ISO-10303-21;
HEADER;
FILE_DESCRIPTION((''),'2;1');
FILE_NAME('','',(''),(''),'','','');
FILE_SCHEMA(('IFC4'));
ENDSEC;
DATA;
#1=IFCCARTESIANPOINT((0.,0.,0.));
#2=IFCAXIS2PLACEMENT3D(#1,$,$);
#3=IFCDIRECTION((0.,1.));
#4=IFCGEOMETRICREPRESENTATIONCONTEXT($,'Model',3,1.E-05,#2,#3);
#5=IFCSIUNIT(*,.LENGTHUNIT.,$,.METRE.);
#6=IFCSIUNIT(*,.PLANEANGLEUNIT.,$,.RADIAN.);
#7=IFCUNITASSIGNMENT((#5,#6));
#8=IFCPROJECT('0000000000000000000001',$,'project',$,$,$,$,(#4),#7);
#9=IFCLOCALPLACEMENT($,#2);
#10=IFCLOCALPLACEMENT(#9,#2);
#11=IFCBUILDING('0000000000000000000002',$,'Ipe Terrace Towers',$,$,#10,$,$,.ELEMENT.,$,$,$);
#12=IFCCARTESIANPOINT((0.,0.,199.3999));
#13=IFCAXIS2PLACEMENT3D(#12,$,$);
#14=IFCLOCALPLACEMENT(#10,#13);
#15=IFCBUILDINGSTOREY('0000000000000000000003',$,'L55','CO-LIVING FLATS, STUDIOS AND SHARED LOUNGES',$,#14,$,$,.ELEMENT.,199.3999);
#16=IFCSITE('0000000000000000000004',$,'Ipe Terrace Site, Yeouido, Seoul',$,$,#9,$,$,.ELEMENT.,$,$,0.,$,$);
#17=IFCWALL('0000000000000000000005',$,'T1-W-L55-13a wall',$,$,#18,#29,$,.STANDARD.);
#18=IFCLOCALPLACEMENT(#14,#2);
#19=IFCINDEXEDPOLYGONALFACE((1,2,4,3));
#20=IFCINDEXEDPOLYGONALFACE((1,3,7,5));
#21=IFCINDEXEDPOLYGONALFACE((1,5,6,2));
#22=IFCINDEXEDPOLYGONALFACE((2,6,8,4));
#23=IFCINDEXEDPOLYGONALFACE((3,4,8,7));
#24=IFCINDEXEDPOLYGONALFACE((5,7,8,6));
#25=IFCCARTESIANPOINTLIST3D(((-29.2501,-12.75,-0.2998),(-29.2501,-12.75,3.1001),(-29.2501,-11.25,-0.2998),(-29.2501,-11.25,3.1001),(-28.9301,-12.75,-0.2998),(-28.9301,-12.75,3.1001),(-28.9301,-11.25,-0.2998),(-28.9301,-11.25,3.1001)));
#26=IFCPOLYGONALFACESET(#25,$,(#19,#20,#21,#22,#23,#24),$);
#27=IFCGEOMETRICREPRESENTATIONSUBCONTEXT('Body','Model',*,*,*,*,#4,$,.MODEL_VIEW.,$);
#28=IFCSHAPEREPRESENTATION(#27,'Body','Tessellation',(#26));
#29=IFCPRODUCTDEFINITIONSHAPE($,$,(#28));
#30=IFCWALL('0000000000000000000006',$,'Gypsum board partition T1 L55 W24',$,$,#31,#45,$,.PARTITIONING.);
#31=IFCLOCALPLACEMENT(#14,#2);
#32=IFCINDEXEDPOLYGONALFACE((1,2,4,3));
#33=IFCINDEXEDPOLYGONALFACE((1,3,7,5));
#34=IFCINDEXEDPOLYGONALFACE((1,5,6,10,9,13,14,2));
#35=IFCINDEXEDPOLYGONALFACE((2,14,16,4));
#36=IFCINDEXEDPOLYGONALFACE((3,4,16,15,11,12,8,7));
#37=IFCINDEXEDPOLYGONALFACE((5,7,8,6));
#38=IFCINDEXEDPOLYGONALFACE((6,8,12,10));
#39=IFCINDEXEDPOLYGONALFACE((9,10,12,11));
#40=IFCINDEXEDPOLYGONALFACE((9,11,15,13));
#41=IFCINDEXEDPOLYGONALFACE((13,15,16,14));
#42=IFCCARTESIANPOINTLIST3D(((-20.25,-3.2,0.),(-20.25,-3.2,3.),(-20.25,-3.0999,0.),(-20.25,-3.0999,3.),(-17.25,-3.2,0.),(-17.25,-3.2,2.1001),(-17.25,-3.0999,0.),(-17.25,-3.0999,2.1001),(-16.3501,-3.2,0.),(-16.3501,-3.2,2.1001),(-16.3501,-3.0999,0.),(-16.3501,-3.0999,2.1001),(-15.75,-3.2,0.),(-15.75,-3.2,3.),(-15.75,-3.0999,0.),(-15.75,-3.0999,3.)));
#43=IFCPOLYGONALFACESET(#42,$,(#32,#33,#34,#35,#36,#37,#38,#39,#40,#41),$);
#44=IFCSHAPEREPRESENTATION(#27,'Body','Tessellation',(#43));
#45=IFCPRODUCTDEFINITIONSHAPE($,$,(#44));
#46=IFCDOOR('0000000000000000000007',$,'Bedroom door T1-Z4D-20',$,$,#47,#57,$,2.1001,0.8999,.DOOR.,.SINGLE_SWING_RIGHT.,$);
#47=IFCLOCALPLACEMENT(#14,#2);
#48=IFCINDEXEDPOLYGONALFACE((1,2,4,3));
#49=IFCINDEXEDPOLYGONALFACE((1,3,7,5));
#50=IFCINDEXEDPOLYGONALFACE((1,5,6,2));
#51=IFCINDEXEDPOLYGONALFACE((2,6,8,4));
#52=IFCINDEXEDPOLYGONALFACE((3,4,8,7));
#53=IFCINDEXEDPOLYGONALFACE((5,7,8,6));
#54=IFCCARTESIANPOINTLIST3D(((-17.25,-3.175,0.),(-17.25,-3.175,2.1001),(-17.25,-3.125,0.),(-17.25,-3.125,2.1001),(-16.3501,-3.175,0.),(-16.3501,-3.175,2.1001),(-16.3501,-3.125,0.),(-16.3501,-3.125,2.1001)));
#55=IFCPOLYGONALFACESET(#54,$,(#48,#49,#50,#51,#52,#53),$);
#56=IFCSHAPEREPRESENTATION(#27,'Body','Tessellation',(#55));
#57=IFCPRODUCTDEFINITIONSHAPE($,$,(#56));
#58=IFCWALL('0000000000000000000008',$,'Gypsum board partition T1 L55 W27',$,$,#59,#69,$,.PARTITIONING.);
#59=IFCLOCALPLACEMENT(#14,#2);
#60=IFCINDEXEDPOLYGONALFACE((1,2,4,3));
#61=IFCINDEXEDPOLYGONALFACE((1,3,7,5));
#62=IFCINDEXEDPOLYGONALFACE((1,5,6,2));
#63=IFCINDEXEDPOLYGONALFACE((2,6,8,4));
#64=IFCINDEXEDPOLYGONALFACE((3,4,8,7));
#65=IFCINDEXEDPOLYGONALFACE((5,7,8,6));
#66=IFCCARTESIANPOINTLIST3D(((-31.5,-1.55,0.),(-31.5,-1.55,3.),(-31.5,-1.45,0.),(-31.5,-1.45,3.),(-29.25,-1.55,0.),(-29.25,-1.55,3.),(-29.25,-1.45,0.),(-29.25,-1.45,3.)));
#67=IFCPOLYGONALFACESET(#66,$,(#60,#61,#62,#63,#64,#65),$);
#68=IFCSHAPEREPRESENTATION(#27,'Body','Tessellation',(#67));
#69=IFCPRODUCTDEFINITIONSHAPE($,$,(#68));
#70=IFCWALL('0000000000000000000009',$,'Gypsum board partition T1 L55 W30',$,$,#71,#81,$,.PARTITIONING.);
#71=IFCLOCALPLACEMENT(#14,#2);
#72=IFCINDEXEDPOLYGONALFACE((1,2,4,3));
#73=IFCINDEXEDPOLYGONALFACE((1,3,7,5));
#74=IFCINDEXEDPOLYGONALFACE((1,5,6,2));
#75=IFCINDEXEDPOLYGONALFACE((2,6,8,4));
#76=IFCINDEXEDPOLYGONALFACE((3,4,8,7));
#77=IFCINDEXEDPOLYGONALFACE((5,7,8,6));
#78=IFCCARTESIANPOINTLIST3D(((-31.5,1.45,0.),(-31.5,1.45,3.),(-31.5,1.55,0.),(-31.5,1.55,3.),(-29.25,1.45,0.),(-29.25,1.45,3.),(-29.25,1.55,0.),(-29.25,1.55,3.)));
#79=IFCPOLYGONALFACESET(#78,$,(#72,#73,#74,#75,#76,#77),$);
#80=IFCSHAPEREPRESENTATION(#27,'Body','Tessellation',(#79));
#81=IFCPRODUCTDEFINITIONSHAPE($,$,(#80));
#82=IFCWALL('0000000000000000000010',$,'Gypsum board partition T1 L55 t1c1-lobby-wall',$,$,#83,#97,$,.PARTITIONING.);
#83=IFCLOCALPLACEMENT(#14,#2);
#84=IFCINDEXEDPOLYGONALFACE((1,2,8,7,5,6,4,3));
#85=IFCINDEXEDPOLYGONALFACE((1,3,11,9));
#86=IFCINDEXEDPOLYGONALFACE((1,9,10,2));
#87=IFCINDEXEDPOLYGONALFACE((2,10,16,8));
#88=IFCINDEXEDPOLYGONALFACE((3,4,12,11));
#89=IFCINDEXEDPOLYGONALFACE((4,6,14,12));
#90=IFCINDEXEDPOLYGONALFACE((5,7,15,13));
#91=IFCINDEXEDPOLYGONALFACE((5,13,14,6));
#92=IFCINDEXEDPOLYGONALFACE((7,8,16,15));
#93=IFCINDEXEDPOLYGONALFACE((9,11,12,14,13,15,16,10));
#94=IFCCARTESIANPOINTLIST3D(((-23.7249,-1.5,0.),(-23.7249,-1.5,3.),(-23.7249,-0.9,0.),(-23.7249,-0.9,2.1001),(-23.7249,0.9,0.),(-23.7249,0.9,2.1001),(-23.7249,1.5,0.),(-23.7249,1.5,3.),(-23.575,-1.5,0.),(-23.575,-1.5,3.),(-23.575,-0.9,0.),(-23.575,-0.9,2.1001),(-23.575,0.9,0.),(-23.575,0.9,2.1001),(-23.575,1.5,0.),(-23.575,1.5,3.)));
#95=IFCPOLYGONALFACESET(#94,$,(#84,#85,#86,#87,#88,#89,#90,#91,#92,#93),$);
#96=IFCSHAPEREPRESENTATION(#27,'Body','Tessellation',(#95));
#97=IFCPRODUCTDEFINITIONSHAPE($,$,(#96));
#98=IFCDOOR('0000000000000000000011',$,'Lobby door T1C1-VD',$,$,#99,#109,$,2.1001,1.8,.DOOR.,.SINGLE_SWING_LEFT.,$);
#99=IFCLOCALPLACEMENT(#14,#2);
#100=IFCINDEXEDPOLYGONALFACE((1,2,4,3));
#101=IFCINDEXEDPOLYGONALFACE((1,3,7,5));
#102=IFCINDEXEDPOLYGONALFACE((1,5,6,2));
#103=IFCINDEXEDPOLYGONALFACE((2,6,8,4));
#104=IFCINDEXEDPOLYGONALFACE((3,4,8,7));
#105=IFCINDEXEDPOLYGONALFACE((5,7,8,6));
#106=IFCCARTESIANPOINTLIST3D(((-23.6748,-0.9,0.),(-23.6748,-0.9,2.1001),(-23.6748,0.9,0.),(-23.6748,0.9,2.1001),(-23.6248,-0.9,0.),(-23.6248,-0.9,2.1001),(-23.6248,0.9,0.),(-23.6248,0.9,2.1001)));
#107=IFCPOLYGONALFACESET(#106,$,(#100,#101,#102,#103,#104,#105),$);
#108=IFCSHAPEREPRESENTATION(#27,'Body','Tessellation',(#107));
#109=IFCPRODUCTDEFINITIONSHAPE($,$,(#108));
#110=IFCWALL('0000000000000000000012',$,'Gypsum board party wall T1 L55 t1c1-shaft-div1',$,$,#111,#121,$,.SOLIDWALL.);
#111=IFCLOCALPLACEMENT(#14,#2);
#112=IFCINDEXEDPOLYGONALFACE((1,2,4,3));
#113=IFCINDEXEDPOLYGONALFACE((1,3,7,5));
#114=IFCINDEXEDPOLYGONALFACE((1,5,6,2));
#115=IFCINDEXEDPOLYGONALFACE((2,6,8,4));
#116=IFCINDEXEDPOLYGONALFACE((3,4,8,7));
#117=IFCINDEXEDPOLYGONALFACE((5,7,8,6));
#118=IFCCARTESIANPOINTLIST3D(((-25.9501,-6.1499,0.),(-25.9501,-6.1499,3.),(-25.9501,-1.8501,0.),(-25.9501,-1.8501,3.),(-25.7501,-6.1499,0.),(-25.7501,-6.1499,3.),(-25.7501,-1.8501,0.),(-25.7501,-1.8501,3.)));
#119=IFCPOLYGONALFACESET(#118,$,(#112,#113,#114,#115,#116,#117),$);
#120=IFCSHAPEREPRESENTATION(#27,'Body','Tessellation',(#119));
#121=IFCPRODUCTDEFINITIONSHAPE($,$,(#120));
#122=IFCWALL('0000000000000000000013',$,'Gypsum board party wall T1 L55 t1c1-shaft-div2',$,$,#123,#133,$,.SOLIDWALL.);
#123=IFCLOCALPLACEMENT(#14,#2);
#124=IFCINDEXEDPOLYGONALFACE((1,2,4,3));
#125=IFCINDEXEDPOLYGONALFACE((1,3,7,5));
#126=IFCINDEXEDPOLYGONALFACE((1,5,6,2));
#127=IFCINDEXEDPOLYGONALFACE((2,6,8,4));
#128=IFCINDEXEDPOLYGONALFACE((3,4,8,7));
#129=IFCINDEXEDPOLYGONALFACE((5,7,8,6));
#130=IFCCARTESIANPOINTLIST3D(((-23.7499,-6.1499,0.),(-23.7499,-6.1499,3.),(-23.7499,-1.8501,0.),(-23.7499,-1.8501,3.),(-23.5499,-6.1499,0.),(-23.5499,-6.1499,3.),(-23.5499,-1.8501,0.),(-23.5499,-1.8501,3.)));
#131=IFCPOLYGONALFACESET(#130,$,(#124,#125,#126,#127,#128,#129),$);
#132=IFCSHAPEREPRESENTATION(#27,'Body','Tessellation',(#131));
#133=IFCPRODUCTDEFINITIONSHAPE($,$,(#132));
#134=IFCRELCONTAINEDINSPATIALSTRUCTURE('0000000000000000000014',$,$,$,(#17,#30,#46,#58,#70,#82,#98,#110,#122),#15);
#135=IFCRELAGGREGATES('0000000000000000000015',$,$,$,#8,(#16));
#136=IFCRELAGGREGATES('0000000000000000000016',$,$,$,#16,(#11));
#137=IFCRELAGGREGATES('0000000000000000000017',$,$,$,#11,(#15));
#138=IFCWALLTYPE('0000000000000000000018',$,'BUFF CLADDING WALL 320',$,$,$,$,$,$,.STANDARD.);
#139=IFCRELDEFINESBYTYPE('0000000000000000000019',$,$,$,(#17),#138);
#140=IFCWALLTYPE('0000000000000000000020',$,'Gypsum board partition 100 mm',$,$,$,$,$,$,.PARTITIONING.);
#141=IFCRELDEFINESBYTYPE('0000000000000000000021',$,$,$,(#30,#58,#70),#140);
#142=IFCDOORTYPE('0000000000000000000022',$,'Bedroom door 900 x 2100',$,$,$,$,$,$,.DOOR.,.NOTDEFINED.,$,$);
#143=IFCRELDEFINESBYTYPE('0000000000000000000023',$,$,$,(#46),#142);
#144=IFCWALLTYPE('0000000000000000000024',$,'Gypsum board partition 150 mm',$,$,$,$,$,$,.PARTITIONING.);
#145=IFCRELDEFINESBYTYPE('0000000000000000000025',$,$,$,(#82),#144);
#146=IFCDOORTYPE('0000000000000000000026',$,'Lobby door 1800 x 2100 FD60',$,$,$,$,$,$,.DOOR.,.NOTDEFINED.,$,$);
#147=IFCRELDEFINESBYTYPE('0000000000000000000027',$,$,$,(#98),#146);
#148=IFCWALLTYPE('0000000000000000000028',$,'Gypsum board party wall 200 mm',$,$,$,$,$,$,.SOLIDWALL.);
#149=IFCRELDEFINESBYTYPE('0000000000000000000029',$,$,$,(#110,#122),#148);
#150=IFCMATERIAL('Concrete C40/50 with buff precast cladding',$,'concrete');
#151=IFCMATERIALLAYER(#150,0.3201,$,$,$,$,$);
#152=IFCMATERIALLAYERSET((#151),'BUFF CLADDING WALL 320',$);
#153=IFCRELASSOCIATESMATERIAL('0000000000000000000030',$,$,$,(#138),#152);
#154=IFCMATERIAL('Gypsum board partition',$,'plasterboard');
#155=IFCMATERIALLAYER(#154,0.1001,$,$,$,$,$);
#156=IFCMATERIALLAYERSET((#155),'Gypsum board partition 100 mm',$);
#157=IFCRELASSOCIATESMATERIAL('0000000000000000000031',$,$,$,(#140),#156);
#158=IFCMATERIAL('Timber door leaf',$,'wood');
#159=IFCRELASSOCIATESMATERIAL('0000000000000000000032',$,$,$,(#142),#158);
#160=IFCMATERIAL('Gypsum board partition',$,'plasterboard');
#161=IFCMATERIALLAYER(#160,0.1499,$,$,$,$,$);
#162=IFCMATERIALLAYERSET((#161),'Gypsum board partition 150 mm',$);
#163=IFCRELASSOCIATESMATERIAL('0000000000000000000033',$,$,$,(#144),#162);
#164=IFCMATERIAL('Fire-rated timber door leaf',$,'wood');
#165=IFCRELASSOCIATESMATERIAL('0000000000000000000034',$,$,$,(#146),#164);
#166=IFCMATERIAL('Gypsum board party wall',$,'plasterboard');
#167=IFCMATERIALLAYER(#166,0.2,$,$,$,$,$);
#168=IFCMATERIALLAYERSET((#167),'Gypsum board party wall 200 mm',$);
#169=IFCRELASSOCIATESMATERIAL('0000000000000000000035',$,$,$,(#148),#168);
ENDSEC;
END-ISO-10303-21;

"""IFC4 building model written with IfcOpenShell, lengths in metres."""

from ifc_helpers import new_model, si_unit, direction, frame, frame_2d, origin, place, context, subcontext, project, spatial, rectangle, extrude, material, layer, layer_set, type_object, element, fill, save


model = new_model("IFC4")

# Units and contexts
model_context = context("Model", 3, precision=1e-05, world=origin(), true_north=direction((0.0, 1.0)))
body_context = subcontext(model_context, "Body", "Model", "MODEL_VIEW")
ifc_project = project(units=[si_unit("LENGTHUNIT", "METRE"), si_unit("PLANEANGLEUNIT", "RADIAN")], contexts=[model_context])

# Site, building, storey
site_placement = place(None, origin())
site = spatial("IfcSite", under=ifc_project, at=site_placement, Name="Ipe Terrace Site, Yeouido, Seoul", CompositionType="ELEMENT", RefElevation=0.0)
building_placement = place(site_placement, origin())
building = spatial("IfcBuilding", under=site, at=building_placement, Name="Ipe Terrace Towers", CompositionType="ELEMENT")
storey_placement = place(building_placement, frame((0.0, 0.0, 199.3999)))
storey = spatial("IfcBuildingStorey", under=building, at=storey_placement, Name="L55", Description="CO-LIVING FLATS, STUDIOS AND SHARED LOUNGES", CompositionType="ELEMENT", Elevation=199.3999)

# Wall
ifc_material_1 = material(Name="Concrete C40/50 with buff precast cladding", Category="concrete")
ifc_layer_1 = layer(ifc_material_1, 0.3201)
ifc_layer_set_1 = layer_set([ifc_layer_1], Name="BUFF CLADDING WALL 320")
wall_type_1 = type_object("IfcWallType", Name="BUFF CLADDING WALL 320", PredefinedType="STANDARD", material=ifc_layer_set_1)
wall_1_placement = place(storey_placement, frame((-29.0901, -12.75, -0.2998), z_axis=(0.0, 0.0, 1.0), x_axis=(0.0, 1.0, 0.0)))
element("IfcWall", 1, at=wall_1_placement, inside=storey, type_object=wall_type_1, Name="T1-W-L55-13a wall", PredefinedType="STANDARD", context=body_context, shape_type="SweptSolid", body=[
    extrude(rectangle(XDim=1.5, YDim=0.3201, at=frame_2d((0.75, 0.0))), origin(), (0.0, 0.0, 1.0), 3.3999),
])

# Wall, opening, door
ifc_material_2 = material(Name="Gypsum board partition", Category="plasterboard")
ifc_layer_2 = layer(ifc_material_2, 0.1001)
ifc_layer_set_2 = layer_set([ifc_layer_2], Name="Gypsum board partition 100 mm")
wall_type_2 = type_object("IfcWallType", Name="Gypsum board partition 100 mm", PredefinedType="PARTITIONING", material=ifc_layer_set_2)
wall_2_placement = place(storey_placement, frame((-20.25, -3.1499, 0.0), z_axis=(0.0, 0.0, 1.0), x_axis=(1.0, 0.0, 0.0)))
wall_2 = element("IfcWall", 2, at=wall_2_placement, inside=storey, type_object=wall_type_2, Name="Gypsum board partition T1 L55 W24", PredefinedType="PARTITIONING", context=body_context, shape_type="SweptSolid", body=[
    extrude(rectangle(XDim=4.5, YDim=0.1001, at=frame_2d((2.25, 0.0))), origin(), (0.0, 0.0, 1.0), 3.0),
])
opening_1_placement = place(wall_2_placement, frame((3.0, 0.0, 0.0)))
opening_1 = element("IfcOpeningElement", 3, at=opening_1_placement, cuts=wall_2, PredefinedType="OPENING", context=body_context, shape_type="SweptSolid", body=[
    extrude(rectangle(XDim=0.8999, YDim=2.1001, at=frame_2d((0.45, 1.05))), frame((0.0, 0.0601, 0.0), z_axis=(0.0, -1.0, 0.0), x_axis=(1.0, 0.0, 0.0)), (0.0, 0.0, 1.0), 0.1201),
])
ifc_material_3 = material(Name="Timber door leaf", Category="wood")
door_type_1 = type_object("IfcDoorType", Name="Bedroom door 900 x 2100", OperationType="NOTDEFINED", PredefinedType="DOOR", material=ifc_material_3)
door_1_placement = place(opening_1_placement, origin())
door_1 = element("IfcDoor", 4, at=door_1_placement, inside=storey, type_object=door_type_1, Name="Bedroom door T1-Z4D-20", OperationType="SINGLE_SWING_RIGHT", OverallHeight=2.1001, OverallWidth=0.8999, PredefinedType="DOOR", context=body_context, shape_type="SweptSolid", body=[
    extrude(rectangle(XDim=0.8999, YDim=2.1001, at=frame_2d((0.45, 1.05))), frame((0.0, 0.0249, 0.0), z_axis=(0.0, -1.0, 0.0), x_axis=(1.0, 0.0, 0.0)), (0.0, 0.0, 1.0), 0.05),
])
fill(opening_1, door_1)

# Walls
for number, where, z_axis, x_axis, name in (
    (5, (-31.5, -1.5, 0.0), (0.0, 0.0, 1.0), (1.0, 0.0, 0.0), "Gypsum board partition T1 L55 W27"),
    (6, (-31.5, 1.5, 0.0), (0.0, 0.0, 1.0), (1.0, 0.0, 0.0), "Gypsum board partition T1 L55 W30"),
):
    element("IfcWall", number, at=place(storey_placement, frame(where, z_axis=z_axis, x_axis=x_axis)), inside=storey, type_object=wall_type_2, Name=name, PredefinedType="PARTITIONING", context=body_context, shape_type="SweptSolid", body=[
        extrude(rectangle(XDim=2.25, YDim=0.1001, at=frame_2d((1.125, 0.0))), origin(), (0.0, 0.0, 1.0), 3.0),
    ])

# Wall, opening, door
ifc_material_4 = material(Name="Gypsum board partition", Category="plasterboard")
ifc_layer_3 = layer(ifc_material_4, 0.1499)
ifc_layer_set_3 = layer_set([ifc_layer_3], Name="Gypsum board partition 150 mm")
wall_type_3 = type_object("IfcWallType", Name="Gypsum board partition 150 mm", PredefinedType="PARTITIONING", material=ifc_layer_set_3)
wall_3_placement = place(storey_placement, frame((-23.6499, -1.5, 0.0), z_axis=(0.0, 0.0, 1.0), x_axis=(0.0, 1.0, 0.0)))
wall_3 = element("IfcWall", 7, at=wall_3_placement, inside=storey, type_object=wall_type_3, Name="Gypsum board partition T1 L55 t1c1-lobby-wall", PredefinedType="PARTITIONING", context=body_context, shape_type="SweptSolid", body=[
    extrude(rectangle(XDim=3.0, YDim=0.1499, at=frame_2d((1.5, 0.0))), origin(), (0.0, 0.0, 1.0), 3.0),
])
opening_2_placement = place(wall_3_placement, frame((0.6001, 0.0, 0.0)))
opening_2 = element("IfcOpeningElement", 8, at=opening_2_placement, cuts=wall_3, PredefinedType="OPENING", context=body_context, shape_type="SweptSolid", body=[
    extrude(rectangle(XDim=1.8, YDim=2.1001, at=frame_2d((0.8999, 1.05))), frame((0.0, 0.085, 0.0), z_axis=(0.0, -1.0, 0.0), x_axis=(1.0, 0.0, 0.0)), (0.0, 0.0, 1.0), 0.1699),
])
ifc_material_5 = material(Name="Fire-rated timber door leaf", Category="wood")
door_type_2 = type_object("IfcDoorType", Name="Lobby door 1800 x 2100 FD60", OperationType="NOTDEFINED", PredefinedType="DOOR", material=ifc_material_5)
door_2_placement = place(opening_2_placement, origin())
door_2 = element("IfcDoor", 9, at=door_2_placement, inside=storey, type_object=door_type_2, Name="Lobby door T1C1-VD", OperationType="SINGLE_SWING_LEFT", OverallHeight=2.1001, OverallWidth=1.8, PredefinedType="DOOR", context=body_context, shape_type="SweptSolid", body=[
    extrude(rectangle(XDim=1.8, YDim=2.1001, at=frame_2d((0.8999, 1.05))), frame((0.0, 0.0249, 0.0), z_axis=(0.0, -1.0, 0.0), x_axis=(1.0, 0.0, 0.0)), (0.0, 0.0, 1.0), 0.05),
])
fill(opening_2, door_2)

# Walls
ifc_material_6 = material(Name="Gypsum board party wall", Category="plasterboard")
ifc_layer_4 = layer(ifc_material_6, 0.2)
ifc_layer_set_4 = layer_set([ifc_layer_4], Name="Gypsum board party wall 200 mm")
wall_type_4 = type_object("IfcWallType", Name="Gypsum board party wall 200 mm", PredefinedType="SOLIDWALL", material=ifc_layer_set_4)
for number, where, z_axis, x_axis, name in (
    (10, (-25.8501, -6.1499, 0.0), (0.0, 0.0, 1.0), (0.0, 1.0, 0.0), "Gypsum board party wall T1 L55 t1c1-shaft-div1"),
    (11, (-23.6499, -6.1499, 0.0), (0.0, 0.0, 1.0), (0.0, 1.0, 0.0), "Gypsum board party wall T1 L55 t1c1-shaft-div2"),
):
    element("IfcWall", number, at=place(storey_placement, frame(where, z_axis=z_axis, x_axis=x_axis)), inside=storey, type_object=wall_type_4, Name=name, PredefinedType="SOLIDWALL", context=body_context, shape_type="SweptSolid", body=[
        extrude(rectangle(XDim=4.2998, YDim=0.2, at=frame_2d((2.1499, 0.0))), origin(), (0.0, 0.0, 1.0), 3.0),
    ])

save(model, "model.ifc")
